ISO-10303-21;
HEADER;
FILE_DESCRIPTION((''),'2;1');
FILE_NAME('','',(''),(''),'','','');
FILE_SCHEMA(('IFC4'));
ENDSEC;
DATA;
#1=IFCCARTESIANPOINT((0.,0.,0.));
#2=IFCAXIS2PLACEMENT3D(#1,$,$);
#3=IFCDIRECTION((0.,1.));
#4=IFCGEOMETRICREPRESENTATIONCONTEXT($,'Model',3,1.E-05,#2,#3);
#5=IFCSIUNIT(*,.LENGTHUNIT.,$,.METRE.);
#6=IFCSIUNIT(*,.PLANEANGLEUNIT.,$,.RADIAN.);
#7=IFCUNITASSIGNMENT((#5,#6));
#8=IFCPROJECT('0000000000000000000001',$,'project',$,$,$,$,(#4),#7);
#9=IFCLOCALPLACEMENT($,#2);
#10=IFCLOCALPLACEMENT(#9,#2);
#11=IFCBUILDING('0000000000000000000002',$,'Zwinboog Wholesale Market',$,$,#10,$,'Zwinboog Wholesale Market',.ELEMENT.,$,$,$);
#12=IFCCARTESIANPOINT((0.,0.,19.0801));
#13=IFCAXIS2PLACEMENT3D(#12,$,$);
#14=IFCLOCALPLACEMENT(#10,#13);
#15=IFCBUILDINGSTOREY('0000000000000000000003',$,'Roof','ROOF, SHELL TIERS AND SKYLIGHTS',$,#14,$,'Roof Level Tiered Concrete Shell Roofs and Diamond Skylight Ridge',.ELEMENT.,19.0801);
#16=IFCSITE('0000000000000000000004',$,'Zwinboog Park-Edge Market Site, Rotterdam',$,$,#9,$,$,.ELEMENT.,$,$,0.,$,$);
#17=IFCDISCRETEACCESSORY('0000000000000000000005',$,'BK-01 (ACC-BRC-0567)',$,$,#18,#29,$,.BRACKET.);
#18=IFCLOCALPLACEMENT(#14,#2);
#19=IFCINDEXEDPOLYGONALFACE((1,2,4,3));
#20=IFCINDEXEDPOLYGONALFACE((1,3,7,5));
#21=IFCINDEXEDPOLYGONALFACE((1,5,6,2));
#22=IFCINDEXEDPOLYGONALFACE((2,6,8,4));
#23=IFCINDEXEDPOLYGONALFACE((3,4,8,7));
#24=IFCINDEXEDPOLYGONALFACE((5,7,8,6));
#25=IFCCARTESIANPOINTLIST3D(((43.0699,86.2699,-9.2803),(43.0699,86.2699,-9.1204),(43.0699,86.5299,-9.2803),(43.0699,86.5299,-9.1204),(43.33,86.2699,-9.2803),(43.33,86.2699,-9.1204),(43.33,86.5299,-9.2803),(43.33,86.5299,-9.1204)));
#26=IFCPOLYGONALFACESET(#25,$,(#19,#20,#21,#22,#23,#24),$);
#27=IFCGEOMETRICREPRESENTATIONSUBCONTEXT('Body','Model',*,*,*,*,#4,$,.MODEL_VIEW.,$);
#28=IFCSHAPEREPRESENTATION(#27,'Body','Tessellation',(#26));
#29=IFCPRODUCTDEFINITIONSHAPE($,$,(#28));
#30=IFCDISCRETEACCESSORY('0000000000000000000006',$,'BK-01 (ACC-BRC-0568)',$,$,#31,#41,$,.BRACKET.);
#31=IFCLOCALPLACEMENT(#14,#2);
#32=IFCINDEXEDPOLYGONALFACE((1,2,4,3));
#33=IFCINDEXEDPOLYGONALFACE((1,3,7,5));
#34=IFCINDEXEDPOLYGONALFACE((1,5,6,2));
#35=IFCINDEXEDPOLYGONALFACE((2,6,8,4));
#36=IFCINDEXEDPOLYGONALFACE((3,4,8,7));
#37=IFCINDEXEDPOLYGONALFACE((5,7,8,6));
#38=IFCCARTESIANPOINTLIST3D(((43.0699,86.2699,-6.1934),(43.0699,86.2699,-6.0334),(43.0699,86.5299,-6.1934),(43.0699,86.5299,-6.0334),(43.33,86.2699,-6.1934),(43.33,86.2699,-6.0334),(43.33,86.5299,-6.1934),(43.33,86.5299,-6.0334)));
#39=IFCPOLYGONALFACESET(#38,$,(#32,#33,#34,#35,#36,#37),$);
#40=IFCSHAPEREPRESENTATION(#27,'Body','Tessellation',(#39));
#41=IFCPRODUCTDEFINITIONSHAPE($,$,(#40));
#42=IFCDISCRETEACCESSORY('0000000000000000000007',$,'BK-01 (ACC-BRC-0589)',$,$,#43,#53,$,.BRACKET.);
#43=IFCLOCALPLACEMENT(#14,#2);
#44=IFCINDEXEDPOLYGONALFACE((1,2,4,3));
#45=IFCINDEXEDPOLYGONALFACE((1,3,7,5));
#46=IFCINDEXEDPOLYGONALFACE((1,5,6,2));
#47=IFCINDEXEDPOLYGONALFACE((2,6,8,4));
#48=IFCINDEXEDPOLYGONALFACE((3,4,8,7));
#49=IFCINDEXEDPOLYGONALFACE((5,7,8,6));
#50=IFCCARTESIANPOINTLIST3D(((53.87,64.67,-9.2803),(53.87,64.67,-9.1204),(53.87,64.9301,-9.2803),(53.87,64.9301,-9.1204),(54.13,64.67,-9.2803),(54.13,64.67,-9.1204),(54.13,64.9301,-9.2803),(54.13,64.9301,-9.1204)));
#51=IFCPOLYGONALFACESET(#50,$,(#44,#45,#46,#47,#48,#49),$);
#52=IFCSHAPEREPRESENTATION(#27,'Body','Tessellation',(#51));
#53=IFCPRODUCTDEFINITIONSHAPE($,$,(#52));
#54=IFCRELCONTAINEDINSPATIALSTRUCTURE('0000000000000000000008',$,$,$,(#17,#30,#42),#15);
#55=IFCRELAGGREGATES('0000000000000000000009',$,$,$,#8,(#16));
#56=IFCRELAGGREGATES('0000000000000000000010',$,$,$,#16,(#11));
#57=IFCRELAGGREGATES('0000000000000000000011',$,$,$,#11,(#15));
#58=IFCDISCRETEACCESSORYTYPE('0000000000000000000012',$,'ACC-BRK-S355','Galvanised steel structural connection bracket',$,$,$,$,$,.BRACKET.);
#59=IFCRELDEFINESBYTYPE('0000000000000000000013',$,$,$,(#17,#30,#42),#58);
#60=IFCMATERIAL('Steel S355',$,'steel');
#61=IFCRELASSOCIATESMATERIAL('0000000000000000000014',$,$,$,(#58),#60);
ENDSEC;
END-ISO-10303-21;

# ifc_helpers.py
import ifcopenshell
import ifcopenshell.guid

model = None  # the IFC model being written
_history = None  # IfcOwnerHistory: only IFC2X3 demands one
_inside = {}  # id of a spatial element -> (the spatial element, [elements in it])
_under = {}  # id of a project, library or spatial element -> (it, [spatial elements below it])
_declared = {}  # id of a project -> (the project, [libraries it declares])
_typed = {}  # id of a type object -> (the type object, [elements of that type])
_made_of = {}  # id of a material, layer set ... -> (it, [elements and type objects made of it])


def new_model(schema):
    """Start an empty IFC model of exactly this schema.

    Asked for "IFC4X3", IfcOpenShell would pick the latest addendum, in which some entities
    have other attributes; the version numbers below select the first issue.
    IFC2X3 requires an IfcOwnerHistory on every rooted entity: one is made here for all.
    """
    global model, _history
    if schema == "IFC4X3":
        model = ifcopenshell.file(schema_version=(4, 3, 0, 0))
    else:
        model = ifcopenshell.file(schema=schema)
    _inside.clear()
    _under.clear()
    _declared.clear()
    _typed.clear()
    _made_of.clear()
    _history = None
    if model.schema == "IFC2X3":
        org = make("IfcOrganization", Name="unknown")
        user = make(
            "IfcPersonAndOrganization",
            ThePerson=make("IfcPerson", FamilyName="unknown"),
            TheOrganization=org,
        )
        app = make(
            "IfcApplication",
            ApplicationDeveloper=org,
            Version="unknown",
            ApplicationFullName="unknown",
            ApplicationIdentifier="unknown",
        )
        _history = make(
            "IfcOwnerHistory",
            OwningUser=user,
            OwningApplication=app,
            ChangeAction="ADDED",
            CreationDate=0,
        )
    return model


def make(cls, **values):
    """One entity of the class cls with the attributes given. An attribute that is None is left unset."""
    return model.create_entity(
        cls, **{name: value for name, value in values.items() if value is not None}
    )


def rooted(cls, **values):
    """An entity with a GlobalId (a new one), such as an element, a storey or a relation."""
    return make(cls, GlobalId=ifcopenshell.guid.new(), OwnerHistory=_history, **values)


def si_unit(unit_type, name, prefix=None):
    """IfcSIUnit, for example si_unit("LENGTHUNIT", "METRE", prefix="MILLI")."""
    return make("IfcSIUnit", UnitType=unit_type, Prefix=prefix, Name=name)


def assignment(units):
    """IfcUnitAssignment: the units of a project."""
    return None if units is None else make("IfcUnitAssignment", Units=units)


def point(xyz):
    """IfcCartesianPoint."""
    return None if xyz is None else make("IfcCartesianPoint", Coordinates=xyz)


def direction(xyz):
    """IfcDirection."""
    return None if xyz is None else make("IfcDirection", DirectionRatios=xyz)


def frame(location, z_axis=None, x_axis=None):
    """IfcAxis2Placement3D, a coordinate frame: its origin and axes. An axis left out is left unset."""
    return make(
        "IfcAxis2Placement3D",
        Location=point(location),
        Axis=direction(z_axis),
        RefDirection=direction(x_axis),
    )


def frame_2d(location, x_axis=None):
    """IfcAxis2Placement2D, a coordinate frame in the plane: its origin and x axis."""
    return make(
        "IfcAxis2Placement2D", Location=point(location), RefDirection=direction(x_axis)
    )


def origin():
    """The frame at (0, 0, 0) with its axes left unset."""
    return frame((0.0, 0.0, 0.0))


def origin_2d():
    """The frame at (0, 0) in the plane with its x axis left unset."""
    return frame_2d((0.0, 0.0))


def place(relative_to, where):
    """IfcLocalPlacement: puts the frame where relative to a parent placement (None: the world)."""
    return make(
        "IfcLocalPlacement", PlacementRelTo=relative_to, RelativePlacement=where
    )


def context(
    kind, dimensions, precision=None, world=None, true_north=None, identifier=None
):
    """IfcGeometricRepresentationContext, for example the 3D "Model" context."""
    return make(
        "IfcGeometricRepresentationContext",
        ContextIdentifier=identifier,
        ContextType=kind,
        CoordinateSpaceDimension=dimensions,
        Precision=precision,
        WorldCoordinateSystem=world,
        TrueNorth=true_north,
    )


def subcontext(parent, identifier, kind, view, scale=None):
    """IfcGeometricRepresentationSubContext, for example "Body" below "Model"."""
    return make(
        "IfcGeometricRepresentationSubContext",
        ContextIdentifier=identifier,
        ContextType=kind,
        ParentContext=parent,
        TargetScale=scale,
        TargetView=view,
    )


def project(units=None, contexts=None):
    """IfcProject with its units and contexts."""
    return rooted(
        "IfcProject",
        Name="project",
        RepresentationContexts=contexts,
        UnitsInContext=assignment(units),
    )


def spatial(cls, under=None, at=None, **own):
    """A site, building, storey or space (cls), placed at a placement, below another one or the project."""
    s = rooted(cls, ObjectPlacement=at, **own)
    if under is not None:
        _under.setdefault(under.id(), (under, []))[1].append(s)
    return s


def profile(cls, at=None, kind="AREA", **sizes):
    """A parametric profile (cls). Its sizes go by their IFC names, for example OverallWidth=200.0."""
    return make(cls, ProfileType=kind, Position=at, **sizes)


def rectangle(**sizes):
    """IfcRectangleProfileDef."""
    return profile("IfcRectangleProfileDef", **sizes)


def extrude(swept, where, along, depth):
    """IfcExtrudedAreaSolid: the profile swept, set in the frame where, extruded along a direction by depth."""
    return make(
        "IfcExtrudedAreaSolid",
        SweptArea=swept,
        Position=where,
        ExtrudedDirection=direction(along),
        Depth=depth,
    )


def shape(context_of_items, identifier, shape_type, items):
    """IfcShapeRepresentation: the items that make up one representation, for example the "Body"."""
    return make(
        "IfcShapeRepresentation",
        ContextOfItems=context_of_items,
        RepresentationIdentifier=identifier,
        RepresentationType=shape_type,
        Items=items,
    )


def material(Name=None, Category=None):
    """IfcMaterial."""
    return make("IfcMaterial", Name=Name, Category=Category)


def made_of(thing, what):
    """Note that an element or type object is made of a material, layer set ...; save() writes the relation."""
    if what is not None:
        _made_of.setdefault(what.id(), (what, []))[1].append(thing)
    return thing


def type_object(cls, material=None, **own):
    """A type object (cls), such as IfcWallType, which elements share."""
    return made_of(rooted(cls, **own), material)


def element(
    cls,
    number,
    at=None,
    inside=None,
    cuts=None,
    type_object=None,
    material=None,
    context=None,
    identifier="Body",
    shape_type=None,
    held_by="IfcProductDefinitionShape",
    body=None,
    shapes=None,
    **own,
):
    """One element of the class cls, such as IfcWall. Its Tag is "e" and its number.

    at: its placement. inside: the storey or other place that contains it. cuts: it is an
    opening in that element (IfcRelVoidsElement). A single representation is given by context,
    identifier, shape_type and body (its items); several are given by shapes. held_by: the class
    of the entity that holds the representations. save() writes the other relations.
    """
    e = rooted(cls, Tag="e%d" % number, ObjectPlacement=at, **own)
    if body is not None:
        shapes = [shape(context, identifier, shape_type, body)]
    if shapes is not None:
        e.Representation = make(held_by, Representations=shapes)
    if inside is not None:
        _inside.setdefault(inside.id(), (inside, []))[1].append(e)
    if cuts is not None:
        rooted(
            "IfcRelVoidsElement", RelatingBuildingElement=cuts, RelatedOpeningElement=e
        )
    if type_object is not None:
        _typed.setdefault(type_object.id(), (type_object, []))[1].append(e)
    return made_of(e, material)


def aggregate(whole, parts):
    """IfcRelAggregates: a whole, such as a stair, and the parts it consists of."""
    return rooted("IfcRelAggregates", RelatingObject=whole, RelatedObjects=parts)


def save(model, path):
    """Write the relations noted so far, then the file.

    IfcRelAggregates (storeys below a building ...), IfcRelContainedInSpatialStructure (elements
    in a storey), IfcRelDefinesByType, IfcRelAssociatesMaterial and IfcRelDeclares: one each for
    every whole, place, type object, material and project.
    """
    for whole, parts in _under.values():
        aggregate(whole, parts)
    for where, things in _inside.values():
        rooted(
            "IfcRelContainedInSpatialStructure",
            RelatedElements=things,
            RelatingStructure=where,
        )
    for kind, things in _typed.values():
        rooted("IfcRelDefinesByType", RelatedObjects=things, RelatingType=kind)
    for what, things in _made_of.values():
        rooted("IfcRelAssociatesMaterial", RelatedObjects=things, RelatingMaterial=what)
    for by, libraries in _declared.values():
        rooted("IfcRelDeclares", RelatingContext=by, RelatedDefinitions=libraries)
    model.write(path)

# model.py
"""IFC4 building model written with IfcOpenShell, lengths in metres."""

from ifc_helpers import new_model, si_unit, direction, frame, origin, origin_2d, place, context, subcontext, project, spatial, rectangle, extrude, material, type_object, element, save


model = new_model("IFC4")

# Units and contexts
model_context = context("Model", 3, precision=1e-05, world=origin(), true_north=direction((0.0, 1.0)))
body_context = subcontext(model_context, "Body", "Model", "MODEL_VIEW")
ifc_project = project(units=[si_unit("LENGTHUNIT", "METRE"), si_unit("PLANEANGLEUNIT", "RADIAN")], contexts=[model_context])

# Site, building, storey
site_placement = place(None, origin())
site = spatial("IfcSite", under=ifc_project, at=site_placement, Name="Zwinboog Park-Edge Market Site, Rotterdam", CompositionType="ELEMENT", RefElevation=0.0)
building_placement = place(site_placement, origin())
building = spatial("IfcBuilding", under=site, at=building_placement, Name="Zwinboog Wholesale Market", LongName="Zwinboog Wholesale Market", CompositionType="ELEMENT")
storey_placement = place(building_placement, frame((0.0, 0.0, 19.0801)))
storey = spatial("IfcBuildingStorey", under=building, at=storey_placement, Name="Roof", Description="ROOF, SHELL TIERS AND SKYLIGHTS", LongName="Roof Level Tiered Concrete Shell Roofs and Diamond Skylight Ridge", CompositionType="ELEMENT", Elevation=19.0801)

# Shared definitions
ifc_material_1 = material(Name="Steel S355", Category="steel")

# Discrete accessories
discrete_accessory_type = type_object("IfcDiscreteAccessoryType", Name="ACC-BRK-S355", Description="Galvanised steel structural connection bracket", PredefinedType="BRACKET", material=ifc_material_1)
for number, where, z_axis, x_axis, name in (
    (1, (43.2, 86.3999, -9.2803), (0.0, 0.0, 1.0), (1.0, 0.0, 0.0), "BK-01 (ACC-BRC-0567)"),
    (2, (43.2, 86.3999, -6.1934), (0.0, 0.0, 1.0), (1.0, 0.0, 0.0), "BK-01 (ACC-BRC-0568)"),
    (3, (54.0, 64.8, -9.2803), (0.0, 0.0, 1.0), (1.0, 0.0, 0.0), "BK-01 (ACC-BRC-0589)"),
):
    element("IfcDiscreteAccessory", number, at=place(storey_placement, frame(where, z_axis=z_axis, x_axis=x_axis)), inside=storey, type_object=discrete_accessory_type, Name=name, PredefinedType="BRACKET", context=body_context, shape_type="SweptSolid", body=[
        extrude(rectangle(XDim=0.26, YDim=0.26, at=origin_2d()), origin(), (0.0, 0.0, 1.0), 0.1599),
    ])

save(model, "model.ifc")
